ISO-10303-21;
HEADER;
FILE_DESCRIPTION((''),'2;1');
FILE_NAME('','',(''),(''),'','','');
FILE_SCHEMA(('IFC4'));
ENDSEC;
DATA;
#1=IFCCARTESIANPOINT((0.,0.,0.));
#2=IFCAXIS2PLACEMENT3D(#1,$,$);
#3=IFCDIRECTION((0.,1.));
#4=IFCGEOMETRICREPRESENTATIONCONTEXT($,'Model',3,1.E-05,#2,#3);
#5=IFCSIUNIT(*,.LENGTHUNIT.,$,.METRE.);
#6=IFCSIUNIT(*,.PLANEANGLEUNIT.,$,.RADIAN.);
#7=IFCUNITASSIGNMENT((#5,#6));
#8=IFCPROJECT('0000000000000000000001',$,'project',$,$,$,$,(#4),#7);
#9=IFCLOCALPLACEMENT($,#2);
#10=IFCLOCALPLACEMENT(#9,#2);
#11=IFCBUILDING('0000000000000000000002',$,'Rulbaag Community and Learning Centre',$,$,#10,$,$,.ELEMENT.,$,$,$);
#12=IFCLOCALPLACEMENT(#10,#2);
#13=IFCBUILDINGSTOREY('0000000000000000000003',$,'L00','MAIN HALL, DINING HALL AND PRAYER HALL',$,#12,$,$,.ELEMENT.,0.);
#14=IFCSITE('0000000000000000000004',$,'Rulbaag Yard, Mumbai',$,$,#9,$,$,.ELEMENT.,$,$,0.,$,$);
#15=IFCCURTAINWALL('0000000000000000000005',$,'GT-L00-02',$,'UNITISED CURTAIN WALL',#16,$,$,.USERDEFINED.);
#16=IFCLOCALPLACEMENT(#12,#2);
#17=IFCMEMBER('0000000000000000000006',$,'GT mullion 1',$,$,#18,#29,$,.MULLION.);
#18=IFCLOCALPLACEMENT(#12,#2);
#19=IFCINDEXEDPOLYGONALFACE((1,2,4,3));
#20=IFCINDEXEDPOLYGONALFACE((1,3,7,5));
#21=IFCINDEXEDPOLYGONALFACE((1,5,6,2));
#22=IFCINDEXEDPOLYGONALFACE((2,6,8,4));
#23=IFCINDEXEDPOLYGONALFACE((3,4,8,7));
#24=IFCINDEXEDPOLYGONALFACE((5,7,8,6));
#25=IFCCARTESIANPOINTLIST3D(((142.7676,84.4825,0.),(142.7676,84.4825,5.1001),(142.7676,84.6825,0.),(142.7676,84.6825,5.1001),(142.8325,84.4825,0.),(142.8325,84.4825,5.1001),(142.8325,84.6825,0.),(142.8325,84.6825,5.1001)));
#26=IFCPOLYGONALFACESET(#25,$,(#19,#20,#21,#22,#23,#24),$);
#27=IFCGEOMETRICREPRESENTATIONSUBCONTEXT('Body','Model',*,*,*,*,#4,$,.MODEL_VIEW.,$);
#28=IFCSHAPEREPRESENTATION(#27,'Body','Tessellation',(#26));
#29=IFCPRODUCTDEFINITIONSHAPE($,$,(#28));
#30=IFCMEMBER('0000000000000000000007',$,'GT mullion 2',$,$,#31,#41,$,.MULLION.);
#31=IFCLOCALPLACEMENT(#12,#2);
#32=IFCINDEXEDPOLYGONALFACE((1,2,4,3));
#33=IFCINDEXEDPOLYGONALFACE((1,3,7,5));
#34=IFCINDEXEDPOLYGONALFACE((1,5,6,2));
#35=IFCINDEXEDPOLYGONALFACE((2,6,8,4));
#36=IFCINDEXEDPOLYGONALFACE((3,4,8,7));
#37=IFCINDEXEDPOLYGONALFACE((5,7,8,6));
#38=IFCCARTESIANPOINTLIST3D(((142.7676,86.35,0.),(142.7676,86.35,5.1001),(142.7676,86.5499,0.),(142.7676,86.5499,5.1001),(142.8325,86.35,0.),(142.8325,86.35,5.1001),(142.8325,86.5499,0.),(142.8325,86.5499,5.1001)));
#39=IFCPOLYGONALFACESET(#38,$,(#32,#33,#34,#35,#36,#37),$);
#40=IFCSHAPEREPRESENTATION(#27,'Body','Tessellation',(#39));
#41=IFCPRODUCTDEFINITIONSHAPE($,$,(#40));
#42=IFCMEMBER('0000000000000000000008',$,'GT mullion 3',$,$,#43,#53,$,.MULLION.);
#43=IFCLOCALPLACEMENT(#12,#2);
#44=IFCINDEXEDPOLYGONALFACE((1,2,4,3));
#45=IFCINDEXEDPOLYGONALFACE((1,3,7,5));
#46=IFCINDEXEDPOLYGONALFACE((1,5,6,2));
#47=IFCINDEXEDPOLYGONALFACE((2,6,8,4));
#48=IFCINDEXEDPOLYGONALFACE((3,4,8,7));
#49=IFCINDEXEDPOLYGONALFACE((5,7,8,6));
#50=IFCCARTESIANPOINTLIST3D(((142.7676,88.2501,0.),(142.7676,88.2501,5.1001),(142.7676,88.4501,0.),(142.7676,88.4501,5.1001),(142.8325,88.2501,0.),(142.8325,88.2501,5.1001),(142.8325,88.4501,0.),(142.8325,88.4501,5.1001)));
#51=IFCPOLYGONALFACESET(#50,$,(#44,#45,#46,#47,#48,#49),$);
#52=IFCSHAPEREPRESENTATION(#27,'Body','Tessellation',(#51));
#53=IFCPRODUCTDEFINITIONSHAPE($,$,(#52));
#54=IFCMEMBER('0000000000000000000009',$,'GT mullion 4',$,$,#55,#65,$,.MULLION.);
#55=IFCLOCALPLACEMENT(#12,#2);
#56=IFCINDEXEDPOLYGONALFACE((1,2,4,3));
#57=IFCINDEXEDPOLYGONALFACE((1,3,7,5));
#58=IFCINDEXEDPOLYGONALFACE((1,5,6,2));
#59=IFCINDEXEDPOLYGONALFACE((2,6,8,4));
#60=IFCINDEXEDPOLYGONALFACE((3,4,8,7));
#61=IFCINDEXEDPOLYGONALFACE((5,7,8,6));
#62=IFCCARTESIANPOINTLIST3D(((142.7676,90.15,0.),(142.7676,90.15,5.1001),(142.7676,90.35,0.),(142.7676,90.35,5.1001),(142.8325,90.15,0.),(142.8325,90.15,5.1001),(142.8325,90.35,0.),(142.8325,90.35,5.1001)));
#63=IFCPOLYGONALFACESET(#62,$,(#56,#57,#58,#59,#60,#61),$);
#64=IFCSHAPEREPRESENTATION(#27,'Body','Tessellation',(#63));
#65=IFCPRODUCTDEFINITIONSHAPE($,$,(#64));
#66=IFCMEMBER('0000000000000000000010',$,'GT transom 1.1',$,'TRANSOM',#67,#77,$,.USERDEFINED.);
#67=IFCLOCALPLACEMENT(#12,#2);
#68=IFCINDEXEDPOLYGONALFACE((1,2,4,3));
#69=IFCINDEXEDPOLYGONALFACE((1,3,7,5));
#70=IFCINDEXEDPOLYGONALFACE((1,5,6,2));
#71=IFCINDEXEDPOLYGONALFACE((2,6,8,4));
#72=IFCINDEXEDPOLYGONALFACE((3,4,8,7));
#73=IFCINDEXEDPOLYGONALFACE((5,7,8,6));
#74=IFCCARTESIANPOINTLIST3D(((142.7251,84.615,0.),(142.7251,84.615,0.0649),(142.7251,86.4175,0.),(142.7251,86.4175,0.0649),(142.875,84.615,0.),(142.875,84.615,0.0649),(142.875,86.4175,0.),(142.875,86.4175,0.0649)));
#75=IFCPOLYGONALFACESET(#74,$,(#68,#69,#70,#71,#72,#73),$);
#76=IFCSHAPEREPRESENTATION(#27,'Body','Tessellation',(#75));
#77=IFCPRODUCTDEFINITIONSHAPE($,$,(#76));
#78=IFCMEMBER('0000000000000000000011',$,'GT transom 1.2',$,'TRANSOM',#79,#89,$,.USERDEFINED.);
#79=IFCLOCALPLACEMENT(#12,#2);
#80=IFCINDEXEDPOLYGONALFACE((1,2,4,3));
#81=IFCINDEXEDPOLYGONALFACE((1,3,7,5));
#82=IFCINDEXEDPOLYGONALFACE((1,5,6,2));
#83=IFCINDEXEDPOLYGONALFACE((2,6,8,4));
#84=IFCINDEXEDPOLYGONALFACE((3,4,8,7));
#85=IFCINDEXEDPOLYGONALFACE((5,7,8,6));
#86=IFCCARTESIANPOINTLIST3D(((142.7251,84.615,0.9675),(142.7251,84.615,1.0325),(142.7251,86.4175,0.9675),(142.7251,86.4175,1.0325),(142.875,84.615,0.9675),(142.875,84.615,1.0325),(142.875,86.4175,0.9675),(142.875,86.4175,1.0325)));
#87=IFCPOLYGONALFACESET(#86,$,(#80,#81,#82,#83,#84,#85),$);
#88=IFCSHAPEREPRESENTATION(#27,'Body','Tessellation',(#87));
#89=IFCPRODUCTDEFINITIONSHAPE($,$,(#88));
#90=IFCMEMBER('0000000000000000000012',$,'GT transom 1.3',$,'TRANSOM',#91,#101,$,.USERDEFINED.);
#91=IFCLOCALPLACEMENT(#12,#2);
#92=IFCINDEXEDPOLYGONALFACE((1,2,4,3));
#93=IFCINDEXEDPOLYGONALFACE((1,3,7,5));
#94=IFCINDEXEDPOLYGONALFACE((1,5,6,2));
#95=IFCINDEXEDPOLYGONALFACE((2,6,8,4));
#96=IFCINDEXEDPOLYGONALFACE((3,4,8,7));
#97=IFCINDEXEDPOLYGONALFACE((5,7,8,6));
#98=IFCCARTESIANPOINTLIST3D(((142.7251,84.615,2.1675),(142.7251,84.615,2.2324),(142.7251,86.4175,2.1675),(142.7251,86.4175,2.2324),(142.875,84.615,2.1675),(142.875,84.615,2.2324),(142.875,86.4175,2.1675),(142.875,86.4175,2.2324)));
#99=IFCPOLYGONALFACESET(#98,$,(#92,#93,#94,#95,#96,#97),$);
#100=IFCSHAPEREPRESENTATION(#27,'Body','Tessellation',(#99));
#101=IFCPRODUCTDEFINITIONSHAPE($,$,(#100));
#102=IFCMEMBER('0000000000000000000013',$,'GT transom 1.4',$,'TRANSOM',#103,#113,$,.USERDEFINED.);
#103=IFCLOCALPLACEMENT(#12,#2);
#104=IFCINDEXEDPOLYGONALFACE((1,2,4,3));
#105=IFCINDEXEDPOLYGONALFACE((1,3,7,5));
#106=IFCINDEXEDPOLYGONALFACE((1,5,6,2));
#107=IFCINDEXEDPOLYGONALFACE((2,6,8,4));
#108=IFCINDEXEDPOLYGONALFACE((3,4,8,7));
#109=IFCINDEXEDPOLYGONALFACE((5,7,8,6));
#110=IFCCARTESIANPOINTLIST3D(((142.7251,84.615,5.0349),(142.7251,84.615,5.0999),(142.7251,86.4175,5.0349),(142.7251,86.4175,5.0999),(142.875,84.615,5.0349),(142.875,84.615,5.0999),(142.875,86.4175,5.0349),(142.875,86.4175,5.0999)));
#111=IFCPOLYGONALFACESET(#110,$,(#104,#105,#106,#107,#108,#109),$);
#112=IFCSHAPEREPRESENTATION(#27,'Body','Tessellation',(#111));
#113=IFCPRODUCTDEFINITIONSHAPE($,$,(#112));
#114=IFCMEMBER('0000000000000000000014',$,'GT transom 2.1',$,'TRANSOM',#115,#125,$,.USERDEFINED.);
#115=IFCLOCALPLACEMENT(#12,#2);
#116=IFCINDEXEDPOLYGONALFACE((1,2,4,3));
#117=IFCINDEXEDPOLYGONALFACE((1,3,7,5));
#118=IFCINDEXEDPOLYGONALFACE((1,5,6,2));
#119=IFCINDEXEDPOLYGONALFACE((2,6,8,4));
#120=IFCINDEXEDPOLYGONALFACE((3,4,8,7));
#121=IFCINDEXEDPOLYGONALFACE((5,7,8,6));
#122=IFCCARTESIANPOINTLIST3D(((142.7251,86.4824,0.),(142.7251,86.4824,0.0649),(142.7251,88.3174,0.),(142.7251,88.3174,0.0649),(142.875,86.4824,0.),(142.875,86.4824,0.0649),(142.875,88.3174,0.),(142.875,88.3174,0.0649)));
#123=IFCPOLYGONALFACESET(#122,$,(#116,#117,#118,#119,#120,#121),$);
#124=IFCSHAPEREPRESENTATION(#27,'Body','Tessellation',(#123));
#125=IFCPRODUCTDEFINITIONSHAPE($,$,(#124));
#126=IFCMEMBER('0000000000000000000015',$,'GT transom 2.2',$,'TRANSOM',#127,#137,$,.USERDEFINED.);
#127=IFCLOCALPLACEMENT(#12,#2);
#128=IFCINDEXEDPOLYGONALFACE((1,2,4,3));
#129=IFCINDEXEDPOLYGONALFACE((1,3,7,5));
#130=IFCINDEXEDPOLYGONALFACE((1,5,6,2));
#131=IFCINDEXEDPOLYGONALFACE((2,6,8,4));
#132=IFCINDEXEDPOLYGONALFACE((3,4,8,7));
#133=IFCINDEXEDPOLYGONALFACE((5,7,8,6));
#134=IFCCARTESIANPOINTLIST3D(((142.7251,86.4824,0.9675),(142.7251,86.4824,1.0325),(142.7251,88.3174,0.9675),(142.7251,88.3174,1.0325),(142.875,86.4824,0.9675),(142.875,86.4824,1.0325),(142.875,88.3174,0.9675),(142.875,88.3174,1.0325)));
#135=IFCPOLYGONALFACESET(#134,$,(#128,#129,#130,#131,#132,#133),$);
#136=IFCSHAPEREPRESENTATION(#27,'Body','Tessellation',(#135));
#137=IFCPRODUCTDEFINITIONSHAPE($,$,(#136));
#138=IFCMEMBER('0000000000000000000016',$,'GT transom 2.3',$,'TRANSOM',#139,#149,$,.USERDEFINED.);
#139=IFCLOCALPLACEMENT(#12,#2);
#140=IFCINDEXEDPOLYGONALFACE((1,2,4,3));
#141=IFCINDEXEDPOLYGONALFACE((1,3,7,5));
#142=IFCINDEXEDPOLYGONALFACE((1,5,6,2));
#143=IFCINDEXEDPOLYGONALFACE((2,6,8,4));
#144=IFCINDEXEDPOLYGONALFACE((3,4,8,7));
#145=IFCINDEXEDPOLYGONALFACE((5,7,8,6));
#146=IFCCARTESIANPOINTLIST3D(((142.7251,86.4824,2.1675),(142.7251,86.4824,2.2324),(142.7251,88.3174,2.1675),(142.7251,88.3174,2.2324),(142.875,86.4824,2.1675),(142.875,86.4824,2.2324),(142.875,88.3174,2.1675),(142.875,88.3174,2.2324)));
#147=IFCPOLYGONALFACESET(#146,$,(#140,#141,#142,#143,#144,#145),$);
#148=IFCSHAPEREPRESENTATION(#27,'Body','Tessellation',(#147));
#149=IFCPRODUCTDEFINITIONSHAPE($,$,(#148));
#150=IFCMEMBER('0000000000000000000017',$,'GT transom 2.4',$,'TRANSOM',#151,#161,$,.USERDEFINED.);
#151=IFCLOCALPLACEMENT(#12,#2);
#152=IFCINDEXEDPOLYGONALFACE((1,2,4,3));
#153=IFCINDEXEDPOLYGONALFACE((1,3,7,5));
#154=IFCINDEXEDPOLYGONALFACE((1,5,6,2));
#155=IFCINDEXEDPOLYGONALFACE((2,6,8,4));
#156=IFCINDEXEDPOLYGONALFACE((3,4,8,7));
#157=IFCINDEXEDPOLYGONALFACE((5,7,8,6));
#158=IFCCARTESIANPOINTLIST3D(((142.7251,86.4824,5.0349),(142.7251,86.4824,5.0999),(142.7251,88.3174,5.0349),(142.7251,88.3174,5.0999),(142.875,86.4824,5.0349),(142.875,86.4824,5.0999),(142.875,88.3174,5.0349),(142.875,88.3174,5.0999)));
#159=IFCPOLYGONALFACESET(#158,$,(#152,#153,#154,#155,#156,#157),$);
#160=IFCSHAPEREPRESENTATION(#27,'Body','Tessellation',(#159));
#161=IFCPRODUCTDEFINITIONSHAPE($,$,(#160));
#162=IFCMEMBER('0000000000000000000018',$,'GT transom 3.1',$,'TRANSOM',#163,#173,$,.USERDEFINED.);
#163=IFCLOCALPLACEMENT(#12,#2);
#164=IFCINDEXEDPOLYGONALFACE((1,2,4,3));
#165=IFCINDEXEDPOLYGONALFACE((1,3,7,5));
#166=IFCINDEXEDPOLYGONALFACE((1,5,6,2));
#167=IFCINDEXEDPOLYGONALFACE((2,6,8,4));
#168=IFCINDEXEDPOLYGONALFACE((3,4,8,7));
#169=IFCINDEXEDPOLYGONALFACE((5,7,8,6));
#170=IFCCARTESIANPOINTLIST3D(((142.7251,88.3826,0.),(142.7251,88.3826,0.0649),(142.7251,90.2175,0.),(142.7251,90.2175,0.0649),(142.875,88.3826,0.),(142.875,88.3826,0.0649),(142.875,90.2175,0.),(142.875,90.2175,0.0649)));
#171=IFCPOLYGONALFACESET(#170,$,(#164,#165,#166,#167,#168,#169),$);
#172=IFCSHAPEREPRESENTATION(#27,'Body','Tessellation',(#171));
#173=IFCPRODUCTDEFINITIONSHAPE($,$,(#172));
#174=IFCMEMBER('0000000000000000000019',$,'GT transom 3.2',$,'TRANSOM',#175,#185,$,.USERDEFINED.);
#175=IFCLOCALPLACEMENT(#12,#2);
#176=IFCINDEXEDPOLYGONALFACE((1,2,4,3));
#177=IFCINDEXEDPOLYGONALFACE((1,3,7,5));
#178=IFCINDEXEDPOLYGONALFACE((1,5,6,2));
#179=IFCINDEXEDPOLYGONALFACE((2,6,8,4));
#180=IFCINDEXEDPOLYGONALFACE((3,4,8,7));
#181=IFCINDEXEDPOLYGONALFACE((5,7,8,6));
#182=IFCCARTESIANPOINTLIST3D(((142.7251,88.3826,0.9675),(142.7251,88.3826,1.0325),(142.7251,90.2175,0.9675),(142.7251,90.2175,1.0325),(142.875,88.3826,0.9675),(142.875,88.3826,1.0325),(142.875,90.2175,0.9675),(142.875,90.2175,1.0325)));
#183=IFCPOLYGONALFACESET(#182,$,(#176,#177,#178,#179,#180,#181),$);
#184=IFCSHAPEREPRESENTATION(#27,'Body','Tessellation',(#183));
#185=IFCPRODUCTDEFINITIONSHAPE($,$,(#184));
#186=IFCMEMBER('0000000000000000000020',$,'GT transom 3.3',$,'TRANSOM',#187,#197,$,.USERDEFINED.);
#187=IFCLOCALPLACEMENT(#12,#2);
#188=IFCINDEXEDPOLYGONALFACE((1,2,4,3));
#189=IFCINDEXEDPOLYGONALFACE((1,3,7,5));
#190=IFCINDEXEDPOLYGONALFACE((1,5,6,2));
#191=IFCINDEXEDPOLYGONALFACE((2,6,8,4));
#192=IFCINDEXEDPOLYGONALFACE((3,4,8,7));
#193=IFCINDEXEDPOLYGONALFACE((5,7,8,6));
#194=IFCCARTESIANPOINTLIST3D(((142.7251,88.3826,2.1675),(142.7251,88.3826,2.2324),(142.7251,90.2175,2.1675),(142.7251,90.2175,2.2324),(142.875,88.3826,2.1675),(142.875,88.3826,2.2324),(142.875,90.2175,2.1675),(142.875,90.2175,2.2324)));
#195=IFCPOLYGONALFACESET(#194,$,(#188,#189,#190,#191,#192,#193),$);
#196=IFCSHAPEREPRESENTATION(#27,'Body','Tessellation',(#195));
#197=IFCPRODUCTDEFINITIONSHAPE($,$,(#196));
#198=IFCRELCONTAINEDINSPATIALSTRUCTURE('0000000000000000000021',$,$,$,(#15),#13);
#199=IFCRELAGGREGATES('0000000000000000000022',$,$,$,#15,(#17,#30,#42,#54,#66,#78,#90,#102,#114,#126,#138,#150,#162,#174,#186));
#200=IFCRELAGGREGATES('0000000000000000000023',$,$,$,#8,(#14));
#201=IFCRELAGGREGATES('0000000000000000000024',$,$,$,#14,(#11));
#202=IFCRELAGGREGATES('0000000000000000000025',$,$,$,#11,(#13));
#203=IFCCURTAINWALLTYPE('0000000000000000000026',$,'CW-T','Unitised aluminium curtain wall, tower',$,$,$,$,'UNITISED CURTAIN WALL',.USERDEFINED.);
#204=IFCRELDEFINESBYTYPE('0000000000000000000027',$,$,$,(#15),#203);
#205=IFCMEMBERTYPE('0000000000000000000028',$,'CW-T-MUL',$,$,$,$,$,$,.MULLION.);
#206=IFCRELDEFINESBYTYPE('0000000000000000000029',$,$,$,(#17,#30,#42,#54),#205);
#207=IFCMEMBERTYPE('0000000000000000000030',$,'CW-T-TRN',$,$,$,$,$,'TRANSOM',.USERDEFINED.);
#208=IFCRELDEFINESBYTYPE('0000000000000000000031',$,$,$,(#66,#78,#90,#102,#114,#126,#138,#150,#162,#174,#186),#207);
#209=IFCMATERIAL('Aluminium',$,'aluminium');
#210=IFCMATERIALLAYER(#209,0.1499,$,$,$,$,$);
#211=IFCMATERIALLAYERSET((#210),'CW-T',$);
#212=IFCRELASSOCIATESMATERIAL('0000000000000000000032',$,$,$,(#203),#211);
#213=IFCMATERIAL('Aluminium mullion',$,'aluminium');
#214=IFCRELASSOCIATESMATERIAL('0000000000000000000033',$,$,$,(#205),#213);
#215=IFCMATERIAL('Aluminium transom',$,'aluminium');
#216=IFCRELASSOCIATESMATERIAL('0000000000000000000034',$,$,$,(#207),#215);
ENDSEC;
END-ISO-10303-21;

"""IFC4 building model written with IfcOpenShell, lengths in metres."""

from ifc_helpers import new_model, si_unit, direction, frame, origin, origin_2d, place, context, subcontext, project, spatial, rectangle, extrude, material, layer, layer_set, material_profile, profile_set, type_object, element, aggregate, save


model = new_model("IFC4")

# Units and contexts
model_context = context("Model", 3, precision=1e-05, world=origin(), true_north=direction((0.0, 1.0)))
body_context = subcontext(model_context, "Body", "Model", "MODEL_VIEW")
ifc_project = project(units=[si_unit("LENGTHUNIT", "METRE"), si_unit("PLANEANGLEUNIT", "RADIAN")], contexts=[model_context])

# Site, building, storey
site_placement = place(None, origin())
site = spatial("IfcSite", under=ifc_project, at=site_placement, Name="Rulbaag Yard, Mumbai", CompositionType="ELEMENT", RefElevation=0.0)
building_placement = place(site_placement, origin())
building = spatial("IfcBuilding", under=site, at=building_placement, Name="Rulbaag Community and Learning Centre", CompositionType="ELEMENT")
storey_placement = place(building_placement, origin())
storey = spatial("IfcBuildingStorey", under=building, at=storey_placement, Name="L00", Description="MAIN HALL, DINING HALL AND PRAYER HALL", CompositionType="ELEMENT", Elevation=0.0)

# Curtain wall, members
ifc_material_1 = material(Name="Aluminium", Category="aluminium")
ifc_layer_1 = layer(ifc_material_1, 0.1499)
ifc_layer_set_1 = layer_set([ifc_layer_1], Name="CW-T")
curtain_wall_type = type_object("IfcCurtainWallType", Name="CW-T", Description="Unitised aluminium curtain wall, tower", ElementType="UNITISED CURTAIN WALL", PredefinedType="USERDEFINED", material=ifc_layer_set_1)
curtain_wall_placement = place(storey_placement, origin())
curtain_wall = element("IfcCurtainWall", 1, at=curtain_wall_placement, inside=storey, type_object=curtain_wall_type, Name="GT-L00-02", ObjectType="UNITISED CURTAIN WALL", PredefinedType="USERDEFINED")
ifc_material_2 = material(Name="Aluminium mullion", Category="aluminium")
ifc_material_profile_1 = material_profile(ifc_material_2, rectangle(XDim=0.0649, YDim=0.2, at=origin_2d()), Name="AL 65x200")
ifc_profile_set_1 = profile_set([ifc_material_profile_1], Name="Aluminium mullion")
member_type_1 = type_object("IfcMemberType", Name="CW-T-MUL", PredefinedType="MULLION", material=ifc_profile_set_1)
member_1_placement = place(storey_placement, frame((142.8, 84.5825, 0.0), z_axis=(0.0, 0.0, 1.0), x_axis=(-1.0, 0.0, 0.0)))
member_1 = element("IfcMember", 2, at=member_1_placement, type_object=member_type_1, Name="GT mullion 1", PredefinedType="MULLION", context=body_context, shape_type="SweptSolid", body=[
    extrude(rectangle(XDim=0.0649, YDim=0.2, at=origin_2d()), origin(), (0.0, 0.0, 1.0), 5.1001),
])
member_2_placement = place(storey_placement, frame((142.8, 86.45, 0.0), z_axis=(0.0, 0.0, 1.0), x_axis=(-1.0, 0.0, 0.0)))
member_2 = element("IfcMember", 3, at=member_2_placement, type_object=member_type_1, Name="GT mullion 2", PredefinedType="MULLION", context=body_context, shape_type="SweptSolid", body=[
    extrude(rectangle(XDim=0.0649, YDim=0.2, at=origin_2d()), origin(), (0.0, 0.0, 1.0), 5.1001),
])
member_3_placement = place(storey_placement, frame((142.8, 88.3501, 0.0), z_axis=(0.0, 0.0, 1.0), x_axis=(-1.0, 0.0, 0.0)))
member_3 = element("IfcMember", 4, at=member_3_placement, type_object=member_type_1, Name="GT mullion 3", PredefinedType="MULLION", context=body_context, shape_type="SweptSolid", body=[
    extrude(rectangle(XDim=0.0649, YDim=0.2, at=origin_2d()), origin(), (0.0, 0.0, 1.0), 5.1001),
])
member_4_placement = place(storey_placement, frame((142.8, 90.25, 0.0), z_axis=(0.0, 0.0, 1.0), x_axis=(-1.0, 0.0, 0.0)))
member_4 = element("IfcMember", 5, at=member_4_placement, type_object=member_type_1, Name="GT mullion 4", PredefinedType="MULLION", context=body_context, shape_type="SweptSolid", body=[
    extrude(rectangle(XDim=0.0649, YDim=0.2, at=origin_2d()), origin(), (0.0, 0.0, 1.0), 5.1001),
])
ifc_material_3 = material(Name="Aluminium transom", Category="aluminium")
ifc_material_profile_2 = material_profile(ifc_material_3, rectangle(XDim=0.1499, YDim=0.0649, at=origin_2d()), Name="AL 65x150 T")
ifc_profile_set_2 = profile_set([ifc_material_profile_2], Name="Aluminium transom")
member_type_2 = type_object("IfcMemberType", Name="CW-T-TRN", ElementType="TRANSOM", PredefinedType="USERDEFINED", material=ifc_profile_set_2)
member_5_placement = place(storey_placement, frame((142.8, 84.615, 0.0325), z_axis=(0.0, 1.0, 0.0), x_axis=(-1.0, 0.0, 0.0)))
member_5 = element("IfcMember", 6, at=member_5_placement, type_object=member_type_2, Name="GT transom 1.1", ObjectType="TRANSOM", PredefinedType="USERDEFINED", context=body_context, shape_type="SweptSolid", body=[
    extrude(rectangle(XDim=0.1499, YDim=0.0649, at=origin_2d()), origin(), (0.0, 0.0, 1.0), 1.8025),
])
member_6_placement = place(storey_placement, frame((142.8, 84.615, 1.0), z_axis=(0.0, 1.0, 0.0), x_axis=(-1.0, 0.0, 0.0)))
member_6 = element("IfcMember", 7, at=member_6_placement, type_object=member_type_2, Name="GT transom 1.2", ObjectType="TRANSOM", PredefinedType="USERDEFINED", context=body_context, shape_type="SweptSolid", body=[
    extrude(rectangle(XDim=0.1499, YDim=0.0649, at=origin_2d()), origin(), (0.0, 0.0, 1.0), 1.8025),
])
member_7_placement = place(storey_placement, frame((142.8, 84.615, 2.2), z_axis=(0.0, 1.0, 0.0), x_axis=(-1.0, 0.0, 0.0)))
member_7 = element("IfcMember", 8, at=member_7_placement, type_object=member_type_2, Name="GT transom 1.3", ObjectType="TRANSOM", PredefinedType="USERDEFINED", context=body_context, shape_type="SweptSolid", body=[
    extrude(rectangle(XDim=0.1499, YDim=0.0649, at=origin_2d()), origin(), (0.0, 0.0, 1.0), 1.8025),
])
member_8_placement = place(storey_placement, frame((142.8, 84.615, 5.0674), z_axis=(0.0, 1.0, 0.0), x_axis=(-1.0, 0.0, 0.0)))
member_8 = element("IfcMember", 9, at=member_8_placement, type_object=member_type_2, Name="GT transom 1.4", ObjectType="TRANSOM", PredefinedType="USERDEFINED", context=body_context, shape_type="SweptSolid", body=[
    extrude(rectangle(XDim=0.1499, YDim=0.0649, at=origin_2d()), origin(), (0.0, 0.0, 1.0), 1.8025),
])
member_9_placement = place(storey_placement, frame((142.8, 86.4824, 0.0325), z_axis=(0.0, 1.0, 0.0), x_axis=(-1.0, 0.0, 0.0)))
member_9 = element("IfcMember", 10, at=member_9_placement, type_object=member_type_2, Name="GT transom 2.1", ObjectType="TRANSOM", PredefinedType="USERDEFINED", context=body_context, shape_type="SweptSolid", body=[
    extrude(rectangle(XDim=0.1499, YDim=0.0649, at=origin_2d()), origin(), (0.0, 0.0, 1.0), 1.835),
])
member_10_placement = place(storey_placement, frame((142.8, 86.4824, 1.0), z_axis=(0.0, 1.0, 0.0), x_axis=(-1.0, 0.0, 0.0)))
member_10 = element("IfcMember", 11, at=member_10_placement, type_object=member_type_2, Name="GT transom 2.2", ObjectType="TRANSOM", PredefinedType="USERDEFINED", context=body_context, shape_type="SweptSolid", body=[
    extrude(rectangle(XDim=0.1499, YDim=0.0649, at=origin_2d()), origin(), (0.0, 0.0, 1.0), 1.835),
])
member_11_placement = place(storey_placement, frame((142.8, 86.4824, 2.2), z_axis=(0.0, 1.0, 0.0), x_axis=(-1.0, 0.0, 0.0)))
member_11 = element("IfcMember", 12, at=member_11_placement, type_object=member_type_2, Name="GT transom 2.3", ObjectType="TRANSOM", PredefinedType="USERDEFINED", context=body_context, shape_type="SweptSolid", body=[
    extrude(rectangle(XDim=0.1499, YDim=0.0649, at=origin_2d()), origin(), (0.0, 0.0, 1.0), 1.835),
])
member_12_placement = place(storey_placement, frame((142.8, 86.4824, 5.0674), z_axis=(0.0, 1.0, 0.0), x_axis=(-1.0, 0.0, 0.0)))
member_12 = element("IfcMember", 13, at=member_12_placement, type_object=member_type_2, Name="GT transom 2.4", ObjectType="TRANSOM", PredefinedType="USERDEFINED", context=body_context, shape_type="SweptSolid", body=[
    extrude(rectangle(XDim=0.1499, YDim=0.0649, at=origin_2d()), origin(), (0.0, 0.0, 1.0), 1.835),
])
member_13_placement = place(storey_placement, frame((142.8, 88.3826, 0.0325), z_axis=(0.0, 1.0, 0.0), x_axis=(-1.0, 0.0, 0.0)))
member_13 = element("IfcMember", 14, at=member_13_placement, type_object=member_type_2, Name="GT transom 3.1", ObjectType="TRANSOM", PredefinedType="USERDEFINED", context=body_context, shape_type="SweptSolid", body=[
    extrude(rectangle(XDim=0.1499, YDim=0.0649, at=origin_2d()), origin(), (0.0, 0.0, 1.0), 1.835),
])
member_14_placement = place(storey_placement, frame((142.8, 88.3826, 1.0), z_axis=(0.0, 1.0, 0.0), x_axis=(-1.0, 0.0, 0.0)))
member_14 = element("IfcMember", 15, at=member_14_placement, type_object=member_type_2, Name="GT transom 3.2", ObjectType="TRANSOM", PredefinedType="USERDEFINED", context=body_context, shape_type="SweptSolid", body=[
    extrude(rectangle(XDim=0.1499, YDim=0.0649, at=origin_2d()), origin(), (0.0, 0.0, 1.0), 1.835),
])
member_15_placement = place(storey_placement, frame((142.8, 88.3826, 2.2), z_axis=(0.0, 1.0, 0.0), x_axis=(-1.0, 0.0, 0.0)))
member_15 = element("IfcMember", 16, at=member_15_placement, type_object=member_type_2, Name="GT transom 3.3", ObjectType="TRANSOM", PredefinedType="USERDEFINED", context=body_context, shape_type="SweptSolid", body=[
    extrude(rectangle(XDim=0.1499, YDim=0.0649, at=origin_2d()), origin(), (0.0, 0.0, 1.0), 1.835),
])
aggregate(curtain_wall, [member_1, member_2, member_3, member_4, member_5, member_6, member_7, member_8, member_9, member_10, member_11, member_12, member_13, member_14, member_15])

save(model, "model.ifc")
